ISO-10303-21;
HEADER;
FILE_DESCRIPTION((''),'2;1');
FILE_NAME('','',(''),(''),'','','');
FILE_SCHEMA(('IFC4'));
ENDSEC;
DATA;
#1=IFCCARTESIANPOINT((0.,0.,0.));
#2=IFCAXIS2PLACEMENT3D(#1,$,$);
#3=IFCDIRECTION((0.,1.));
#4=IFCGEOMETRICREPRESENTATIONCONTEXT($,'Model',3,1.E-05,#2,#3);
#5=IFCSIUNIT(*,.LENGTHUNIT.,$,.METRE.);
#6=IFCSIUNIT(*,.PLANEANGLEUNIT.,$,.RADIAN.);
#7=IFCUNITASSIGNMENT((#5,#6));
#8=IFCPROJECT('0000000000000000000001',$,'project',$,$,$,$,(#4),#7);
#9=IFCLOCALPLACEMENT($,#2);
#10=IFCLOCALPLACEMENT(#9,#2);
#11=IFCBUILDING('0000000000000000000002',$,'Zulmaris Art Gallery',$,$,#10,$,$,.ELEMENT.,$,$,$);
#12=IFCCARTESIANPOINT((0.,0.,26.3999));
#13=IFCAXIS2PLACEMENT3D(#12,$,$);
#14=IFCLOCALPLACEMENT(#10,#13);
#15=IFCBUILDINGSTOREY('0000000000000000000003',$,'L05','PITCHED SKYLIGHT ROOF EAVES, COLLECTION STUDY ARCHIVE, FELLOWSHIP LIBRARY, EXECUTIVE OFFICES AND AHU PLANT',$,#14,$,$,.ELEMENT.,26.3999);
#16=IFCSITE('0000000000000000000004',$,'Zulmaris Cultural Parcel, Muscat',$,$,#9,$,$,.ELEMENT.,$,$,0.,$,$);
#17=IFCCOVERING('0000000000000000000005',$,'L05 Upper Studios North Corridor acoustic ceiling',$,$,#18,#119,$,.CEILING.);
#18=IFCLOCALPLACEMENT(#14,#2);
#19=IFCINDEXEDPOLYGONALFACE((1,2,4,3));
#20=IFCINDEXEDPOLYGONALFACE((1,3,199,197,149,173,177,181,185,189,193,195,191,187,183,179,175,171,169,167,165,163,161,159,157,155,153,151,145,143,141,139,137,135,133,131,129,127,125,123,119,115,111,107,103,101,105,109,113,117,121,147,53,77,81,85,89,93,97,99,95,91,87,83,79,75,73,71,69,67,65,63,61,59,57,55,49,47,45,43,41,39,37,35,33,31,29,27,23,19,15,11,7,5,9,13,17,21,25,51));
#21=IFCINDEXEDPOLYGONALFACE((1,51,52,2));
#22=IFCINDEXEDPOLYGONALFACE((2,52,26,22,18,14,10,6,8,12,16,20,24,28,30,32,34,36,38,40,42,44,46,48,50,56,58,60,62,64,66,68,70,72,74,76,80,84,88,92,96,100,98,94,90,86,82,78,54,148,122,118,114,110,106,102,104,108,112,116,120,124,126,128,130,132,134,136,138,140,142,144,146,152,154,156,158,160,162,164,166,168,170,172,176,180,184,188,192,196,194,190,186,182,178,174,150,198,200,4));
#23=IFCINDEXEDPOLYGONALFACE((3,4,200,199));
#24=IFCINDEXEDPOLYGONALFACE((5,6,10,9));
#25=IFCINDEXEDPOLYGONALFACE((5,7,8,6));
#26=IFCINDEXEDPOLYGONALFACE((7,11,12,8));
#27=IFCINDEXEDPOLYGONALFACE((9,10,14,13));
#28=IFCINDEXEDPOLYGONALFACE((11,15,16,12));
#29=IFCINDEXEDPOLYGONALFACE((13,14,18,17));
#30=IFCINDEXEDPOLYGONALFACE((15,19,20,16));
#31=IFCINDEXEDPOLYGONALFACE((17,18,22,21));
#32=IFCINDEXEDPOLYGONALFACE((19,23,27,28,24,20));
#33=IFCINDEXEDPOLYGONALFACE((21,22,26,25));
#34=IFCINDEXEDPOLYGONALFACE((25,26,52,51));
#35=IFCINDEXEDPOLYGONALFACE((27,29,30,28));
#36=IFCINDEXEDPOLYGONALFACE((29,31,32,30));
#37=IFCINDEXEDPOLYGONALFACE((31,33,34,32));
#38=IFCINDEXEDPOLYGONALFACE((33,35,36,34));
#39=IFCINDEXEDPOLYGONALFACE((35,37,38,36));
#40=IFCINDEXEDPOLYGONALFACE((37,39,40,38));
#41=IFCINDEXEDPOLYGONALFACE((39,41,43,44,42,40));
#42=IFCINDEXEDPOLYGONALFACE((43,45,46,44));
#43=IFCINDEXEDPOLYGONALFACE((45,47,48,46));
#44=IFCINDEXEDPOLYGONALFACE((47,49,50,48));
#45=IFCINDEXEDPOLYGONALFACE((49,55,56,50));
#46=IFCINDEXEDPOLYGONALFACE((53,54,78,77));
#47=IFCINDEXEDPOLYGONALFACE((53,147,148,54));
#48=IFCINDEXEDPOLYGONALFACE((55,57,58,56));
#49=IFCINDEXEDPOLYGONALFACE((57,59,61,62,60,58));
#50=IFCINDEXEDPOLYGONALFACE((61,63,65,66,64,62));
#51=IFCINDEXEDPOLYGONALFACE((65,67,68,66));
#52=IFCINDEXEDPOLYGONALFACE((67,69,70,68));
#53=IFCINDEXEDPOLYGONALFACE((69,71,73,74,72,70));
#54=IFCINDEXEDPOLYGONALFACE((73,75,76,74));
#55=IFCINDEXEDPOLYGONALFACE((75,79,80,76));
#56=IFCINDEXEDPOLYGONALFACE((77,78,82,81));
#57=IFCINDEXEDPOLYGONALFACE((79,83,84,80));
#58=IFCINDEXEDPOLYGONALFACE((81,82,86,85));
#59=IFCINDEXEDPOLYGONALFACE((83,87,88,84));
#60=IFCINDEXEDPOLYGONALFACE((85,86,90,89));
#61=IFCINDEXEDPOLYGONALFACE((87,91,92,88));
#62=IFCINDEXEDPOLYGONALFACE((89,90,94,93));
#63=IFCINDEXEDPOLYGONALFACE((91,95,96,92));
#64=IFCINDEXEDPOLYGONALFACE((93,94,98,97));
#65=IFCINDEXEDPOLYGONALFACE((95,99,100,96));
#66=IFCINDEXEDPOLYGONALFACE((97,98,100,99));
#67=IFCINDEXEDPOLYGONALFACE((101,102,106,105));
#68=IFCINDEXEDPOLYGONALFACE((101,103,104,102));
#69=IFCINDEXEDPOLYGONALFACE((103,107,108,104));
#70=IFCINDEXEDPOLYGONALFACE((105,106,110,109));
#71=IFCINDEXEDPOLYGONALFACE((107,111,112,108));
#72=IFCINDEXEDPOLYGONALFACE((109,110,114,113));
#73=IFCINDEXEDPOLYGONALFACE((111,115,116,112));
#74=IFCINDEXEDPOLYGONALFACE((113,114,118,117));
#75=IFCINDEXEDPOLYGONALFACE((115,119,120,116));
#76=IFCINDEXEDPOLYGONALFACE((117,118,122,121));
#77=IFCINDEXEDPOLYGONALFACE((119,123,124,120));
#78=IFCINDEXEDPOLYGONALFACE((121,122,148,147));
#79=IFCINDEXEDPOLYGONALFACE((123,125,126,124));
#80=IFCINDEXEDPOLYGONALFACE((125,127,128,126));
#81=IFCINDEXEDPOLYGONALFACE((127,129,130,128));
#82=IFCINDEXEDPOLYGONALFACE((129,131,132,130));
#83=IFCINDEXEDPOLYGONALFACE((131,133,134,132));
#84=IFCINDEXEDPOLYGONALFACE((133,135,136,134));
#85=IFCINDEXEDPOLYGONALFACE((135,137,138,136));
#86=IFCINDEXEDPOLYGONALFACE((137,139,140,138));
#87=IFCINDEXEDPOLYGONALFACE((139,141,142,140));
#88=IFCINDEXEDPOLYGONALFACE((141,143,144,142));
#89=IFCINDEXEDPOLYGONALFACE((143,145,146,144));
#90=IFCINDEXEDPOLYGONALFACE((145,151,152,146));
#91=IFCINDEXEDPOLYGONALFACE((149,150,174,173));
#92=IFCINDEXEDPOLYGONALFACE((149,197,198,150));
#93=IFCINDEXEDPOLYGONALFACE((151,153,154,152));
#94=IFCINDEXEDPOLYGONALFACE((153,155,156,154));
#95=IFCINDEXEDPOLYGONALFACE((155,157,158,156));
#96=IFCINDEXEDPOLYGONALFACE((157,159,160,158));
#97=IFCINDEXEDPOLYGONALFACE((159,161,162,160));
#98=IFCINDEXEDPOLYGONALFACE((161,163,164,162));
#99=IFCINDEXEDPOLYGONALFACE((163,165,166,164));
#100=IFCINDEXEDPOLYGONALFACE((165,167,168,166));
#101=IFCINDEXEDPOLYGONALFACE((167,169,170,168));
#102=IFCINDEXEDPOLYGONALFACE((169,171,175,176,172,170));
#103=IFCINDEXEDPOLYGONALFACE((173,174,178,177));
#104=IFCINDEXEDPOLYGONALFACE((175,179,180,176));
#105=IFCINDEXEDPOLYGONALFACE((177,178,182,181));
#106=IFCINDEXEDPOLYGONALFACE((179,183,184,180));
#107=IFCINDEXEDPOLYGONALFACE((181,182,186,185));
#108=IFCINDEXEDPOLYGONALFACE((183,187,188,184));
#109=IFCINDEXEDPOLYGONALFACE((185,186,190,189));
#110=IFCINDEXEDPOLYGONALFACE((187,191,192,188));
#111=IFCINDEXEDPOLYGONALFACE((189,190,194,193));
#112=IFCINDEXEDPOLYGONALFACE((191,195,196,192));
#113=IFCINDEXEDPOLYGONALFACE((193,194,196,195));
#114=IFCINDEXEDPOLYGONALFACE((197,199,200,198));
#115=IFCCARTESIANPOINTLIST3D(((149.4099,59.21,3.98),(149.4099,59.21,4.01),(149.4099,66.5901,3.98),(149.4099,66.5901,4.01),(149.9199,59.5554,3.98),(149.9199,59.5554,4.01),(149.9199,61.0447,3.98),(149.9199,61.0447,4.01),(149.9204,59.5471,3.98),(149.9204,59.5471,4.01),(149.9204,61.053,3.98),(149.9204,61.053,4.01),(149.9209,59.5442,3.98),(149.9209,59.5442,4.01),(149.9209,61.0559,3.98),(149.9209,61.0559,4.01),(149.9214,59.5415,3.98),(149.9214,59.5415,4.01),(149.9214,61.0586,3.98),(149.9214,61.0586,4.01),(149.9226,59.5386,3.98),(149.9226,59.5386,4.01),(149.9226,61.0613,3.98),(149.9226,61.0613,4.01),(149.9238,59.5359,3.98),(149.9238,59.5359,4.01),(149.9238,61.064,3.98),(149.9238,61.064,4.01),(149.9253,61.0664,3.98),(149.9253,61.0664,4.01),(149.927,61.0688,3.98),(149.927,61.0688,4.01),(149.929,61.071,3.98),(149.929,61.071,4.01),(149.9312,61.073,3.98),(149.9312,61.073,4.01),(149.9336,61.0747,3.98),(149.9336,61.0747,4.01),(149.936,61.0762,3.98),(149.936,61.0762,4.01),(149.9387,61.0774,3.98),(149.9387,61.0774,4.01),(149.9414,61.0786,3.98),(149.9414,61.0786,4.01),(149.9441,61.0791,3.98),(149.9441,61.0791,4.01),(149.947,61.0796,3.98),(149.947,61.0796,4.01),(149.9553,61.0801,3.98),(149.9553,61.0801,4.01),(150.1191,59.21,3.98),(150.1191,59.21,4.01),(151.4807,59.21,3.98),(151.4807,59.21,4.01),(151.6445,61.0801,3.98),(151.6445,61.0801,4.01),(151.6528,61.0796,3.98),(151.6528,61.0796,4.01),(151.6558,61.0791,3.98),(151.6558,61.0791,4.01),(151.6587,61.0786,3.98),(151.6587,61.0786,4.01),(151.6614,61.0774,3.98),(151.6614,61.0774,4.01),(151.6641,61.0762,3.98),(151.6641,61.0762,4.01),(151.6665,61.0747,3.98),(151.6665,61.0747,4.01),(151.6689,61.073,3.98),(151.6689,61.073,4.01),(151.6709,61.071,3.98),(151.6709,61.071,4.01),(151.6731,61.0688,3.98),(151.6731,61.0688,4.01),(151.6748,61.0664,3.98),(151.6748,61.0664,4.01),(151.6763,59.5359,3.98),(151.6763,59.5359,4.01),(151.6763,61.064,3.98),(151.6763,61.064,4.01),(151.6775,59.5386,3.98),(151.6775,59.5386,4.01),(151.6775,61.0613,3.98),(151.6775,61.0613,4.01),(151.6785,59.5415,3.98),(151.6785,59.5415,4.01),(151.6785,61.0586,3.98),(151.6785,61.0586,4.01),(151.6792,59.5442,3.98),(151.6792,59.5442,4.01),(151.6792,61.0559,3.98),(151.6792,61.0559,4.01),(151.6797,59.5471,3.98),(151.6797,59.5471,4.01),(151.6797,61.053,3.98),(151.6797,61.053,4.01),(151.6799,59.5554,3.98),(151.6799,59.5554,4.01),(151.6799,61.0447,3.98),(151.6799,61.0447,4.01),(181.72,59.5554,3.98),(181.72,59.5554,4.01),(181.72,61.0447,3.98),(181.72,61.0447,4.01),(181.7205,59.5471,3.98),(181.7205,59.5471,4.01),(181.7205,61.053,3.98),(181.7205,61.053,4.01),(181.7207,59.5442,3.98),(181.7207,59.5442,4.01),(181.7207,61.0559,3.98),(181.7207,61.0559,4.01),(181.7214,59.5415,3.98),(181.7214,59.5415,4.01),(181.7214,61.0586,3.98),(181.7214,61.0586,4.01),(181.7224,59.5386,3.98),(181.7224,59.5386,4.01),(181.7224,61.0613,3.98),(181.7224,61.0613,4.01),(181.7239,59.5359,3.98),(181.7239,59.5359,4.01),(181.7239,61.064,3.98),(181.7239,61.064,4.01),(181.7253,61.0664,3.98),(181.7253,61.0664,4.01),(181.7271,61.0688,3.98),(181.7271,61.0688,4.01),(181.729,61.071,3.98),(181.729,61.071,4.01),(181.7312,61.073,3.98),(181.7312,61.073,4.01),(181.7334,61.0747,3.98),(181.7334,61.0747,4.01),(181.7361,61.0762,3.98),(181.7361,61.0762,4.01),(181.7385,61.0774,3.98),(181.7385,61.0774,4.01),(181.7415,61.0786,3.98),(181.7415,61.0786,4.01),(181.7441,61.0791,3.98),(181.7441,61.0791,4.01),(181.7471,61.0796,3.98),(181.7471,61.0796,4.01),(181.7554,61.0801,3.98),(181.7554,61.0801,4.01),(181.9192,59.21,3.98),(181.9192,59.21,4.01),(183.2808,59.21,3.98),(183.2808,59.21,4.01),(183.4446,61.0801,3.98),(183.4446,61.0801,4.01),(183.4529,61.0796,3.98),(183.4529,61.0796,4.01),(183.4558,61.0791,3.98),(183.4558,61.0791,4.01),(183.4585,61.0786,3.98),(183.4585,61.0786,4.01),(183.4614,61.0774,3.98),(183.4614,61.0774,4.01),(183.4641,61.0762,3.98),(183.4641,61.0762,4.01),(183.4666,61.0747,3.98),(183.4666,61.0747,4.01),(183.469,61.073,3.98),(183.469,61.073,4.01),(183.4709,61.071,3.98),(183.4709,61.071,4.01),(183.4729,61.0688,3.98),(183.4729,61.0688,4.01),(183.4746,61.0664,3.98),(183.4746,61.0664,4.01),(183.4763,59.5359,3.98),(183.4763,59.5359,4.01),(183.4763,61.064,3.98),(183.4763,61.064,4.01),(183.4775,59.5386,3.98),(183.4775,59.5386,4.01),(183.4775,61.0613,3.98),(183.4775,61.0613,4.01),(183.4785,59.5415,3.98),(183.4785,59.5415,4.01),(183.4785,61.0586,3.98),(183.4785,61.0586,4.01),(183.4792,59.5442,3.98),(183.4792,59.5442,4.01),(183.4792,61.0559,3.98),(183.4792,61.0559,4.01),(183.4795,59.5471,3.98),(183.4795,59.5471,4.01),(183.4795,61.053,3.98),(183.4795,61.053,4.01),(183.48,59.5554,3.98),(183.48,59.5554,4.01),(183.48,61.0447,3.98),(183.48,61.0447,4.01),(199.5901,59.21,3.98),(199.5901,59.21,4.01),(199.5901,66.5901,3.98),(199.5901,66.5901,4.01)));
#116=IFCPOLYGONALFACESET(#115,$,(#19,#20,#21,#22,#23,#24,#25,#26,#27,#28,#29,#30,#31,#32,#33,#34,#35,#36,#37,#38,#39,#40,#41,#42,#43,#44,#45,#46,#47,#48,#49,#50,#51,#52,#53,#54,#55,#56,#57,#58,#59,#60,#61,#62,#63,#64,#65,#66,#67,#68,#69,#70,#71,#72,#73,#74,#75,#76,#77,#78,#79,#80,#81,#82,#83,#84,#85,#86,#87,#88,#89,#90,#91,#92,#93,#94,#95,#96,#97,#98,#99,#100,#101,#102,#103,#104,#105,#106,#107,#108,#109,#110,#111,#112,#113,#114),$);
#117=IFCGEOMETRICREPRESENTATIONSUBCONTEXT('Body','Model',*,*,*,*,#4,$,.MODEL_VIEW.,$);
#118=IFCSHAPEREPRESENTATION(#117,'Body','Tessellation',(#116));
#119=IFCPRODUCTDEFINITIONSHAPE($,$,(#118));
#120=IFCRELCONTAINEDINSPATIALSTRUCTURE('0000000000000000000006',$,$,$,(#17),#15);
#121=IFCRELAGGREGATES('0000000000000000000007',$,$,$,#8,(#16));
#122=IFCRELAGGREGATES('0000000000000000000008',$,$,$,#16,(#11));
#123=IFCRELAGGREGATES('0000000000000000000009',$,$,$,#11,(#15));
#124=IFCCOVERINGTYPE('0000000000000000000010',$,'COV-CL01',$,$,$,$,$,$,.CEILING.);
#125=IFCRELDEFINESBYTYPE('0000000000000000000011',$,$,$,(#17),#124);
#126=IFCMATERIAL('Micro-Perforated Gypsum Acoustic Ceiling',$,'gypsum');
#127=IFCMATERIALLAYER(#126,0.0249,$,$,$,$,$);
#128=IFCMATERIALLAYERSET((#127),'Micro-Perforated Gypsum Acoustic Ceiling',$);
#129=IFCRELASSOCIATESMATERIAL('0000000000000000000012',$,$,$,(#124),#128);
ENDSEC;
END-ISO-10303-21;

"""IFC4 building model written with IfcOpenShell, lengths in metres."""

from ifc_helpers import new_model, si_unit, direction, frame, origin, place, context, subcontext, project, spatial, polyline, outline, extrude, material, layer, layer_set, type_object, element, save


model = new_model("IFC4")

# Units and contexts
model_context = context("Model", 3, precision=1e-05, world=origin(), true_north=direction((0.0, 1.0)))
body_context = subcontext(model_context, "Body", "Model", "MODEL_VIEW")
ifc_project = project(units=[si_unit("LENGTHUNIT", "METRE"), si_unit("PLANEANGLEUNIT", "RADIAN")], contexts=[model_context])

# Site, building, storey
site_placement = place(None, origin())
site = spatial("IfcSite", under=ifc_project, at=site_placement, Name="Zulmaris Cultural Parcel, Muscat", CompositionType="ELEMENT", RefElevation=0.0)
building_placement = place(site_placement, origin())
building = spatial("IfcBuilding", under=site, at=building_placement, Name="Zulmaris Art Gallery", CompositionType="ELEMENT")
storey_placement = place(building_placement, frame((0.0, 0.0, 26.3999)))
storey = spatial("IfcBuildingStorey", under=building, at=storey_placement, Name="L05", Description="PITCHED SKYLIGHT ROOF EAVES, COLLECTION STUDY ARCHIVE, FELLOWSHIP LIBRARY, EXECUTIVE OFFICES AND AHU PLANT", CompositionType="ELEMENT", Elevation=26.3999)

# Covering
ifc_material_1 = material(Name="Micro-Perforated Gypsum Acoustic Ceiling", Category="gypsum")
ifc_layer_1 = layer(ifc_material_1, 0.0249)
ifc_layer_set_1 = layer_set([ifc_layer_1], Name="Micro-Perforated Gypsum Acoustic Ceiling")
covering_type_1 = type_object("IfcCoveringType", Name="COV-CL01", PredefinedType="CEILING", material=ifc_layer_set_1)
covering_1_placement = place(storey_placement, frame((0.0, 0.0, 3.98)))
element("IfcCovering", 1, at=covering_1_placement, inside=storey, type_object=covering_type_1, Name="L05 Upper Studios North Corridor acoustic ceiling", PredefinedType="CEILING", context=body_context, shape_type="SweptSolid", body=[
    extrude(outline(polyline([(199.5901, 66.5901), (199.5901, 59.21), (183.2808, 59.21), (183.4763, 59.5359), (183.4775, 59.5386), (183.4785, 59.5415), (183.4792, 59.5442), (183.4795, 59.5471), (183.48, 59.5554), (183.48, 61.0447), (183.4795, 61.053), (183.4792, 61.0559), (183.4785, 61.0586), (183.4775, 61.0613), (183.4763, 61.064), (183.4746, 61.0664), (183.4729, 61.0688), (183.4709, 61.071), (183.469, 61.073), (183.4666, 61.0747), (183.4641, 61.0762), (183.4614, 61.0774), (183.4585, 61.0786), (183.4558, 61.0791), (183.4529, 61.0796), (183.4446, 61.0801), (181.7554, 61.0801), (181.7471, 61.0796), (181.7441, 61.0791), (181.7415, 61.0786), (181.7385, 61.0774), (181.7361, 61.0762), (181.7334, 61.0747), (181.7312, 61.073), (181.729, 61.071), (181.7271, 61.0688), (181.7253, 61.0664), (181.7239, 61.064), (181.7224, 61.0613), (181.7214, 61.0586), (181.7207, 61.0559), (181.7205, 61.053), (181.72, 61.0447), (181.72, 59.5554), (181.7205, 59.5471), (181.7207, 59.5442), (181.7214, 59.5415), (181.7224, 59.5386), (181.7239, 59.5359), (181.9192, 59.21), (151.4807, 59.21), (151.6763, 59.5359), (151.6775, 59.5386), (151.6785, 59.5415), (151.6792, 59.5442), (151.6797, 59.5471), (151.6799, 59.5554), (151.6799, 61.0447), (151.6797, 61.053), (151.6792, 61.0559), (151.6785, 61.0586), (151.6775, 61.0613), (151.6763, 61.064), (151.6748, 61.0664), (151.6731, 61.0688), (151.6709, 61.071), (151.6689, 61.073), (151.6665, 61.0747), (151.6641, 61.0762), (151.6614, 61.0774), (151.6587, 61.0786), (151.6558, 61.0791), (151.6528, 61.0796), (151.6445, 61.0801), (149.9553, 61.0801), (149.947, 61.0796), (149.9441, 61.0791), (149.9414, 61.0786), (149.9387, 61.0774), (149.936, 61.0762), (149.9336, 61.0747), (149.9312, 61.073), (149.929, 61.071), (149.927, 61.0688), (149.9253, 61.0664), (149.9238, 61.064), (149.9226, 61.0613), (149.9214, 61.0586), (149.9209, 61.0559), (149.9204, 61.053), (149.9199, 61.0447), (149.9199, 59.5554), (149.9204, 59.5471), (149.9209, 59.5442), (149.9214, 59.5415), (149.9226, 59.5386), (149.9238, 59.5359), (150.1191, 59.21), (149.4099, 59.21), (149.4099, 66.5901), (199.5901, 66.5901)])), origin(), (0.0, 0.0, 1.0), 0.03),
])

save(model, "model.ifc")
